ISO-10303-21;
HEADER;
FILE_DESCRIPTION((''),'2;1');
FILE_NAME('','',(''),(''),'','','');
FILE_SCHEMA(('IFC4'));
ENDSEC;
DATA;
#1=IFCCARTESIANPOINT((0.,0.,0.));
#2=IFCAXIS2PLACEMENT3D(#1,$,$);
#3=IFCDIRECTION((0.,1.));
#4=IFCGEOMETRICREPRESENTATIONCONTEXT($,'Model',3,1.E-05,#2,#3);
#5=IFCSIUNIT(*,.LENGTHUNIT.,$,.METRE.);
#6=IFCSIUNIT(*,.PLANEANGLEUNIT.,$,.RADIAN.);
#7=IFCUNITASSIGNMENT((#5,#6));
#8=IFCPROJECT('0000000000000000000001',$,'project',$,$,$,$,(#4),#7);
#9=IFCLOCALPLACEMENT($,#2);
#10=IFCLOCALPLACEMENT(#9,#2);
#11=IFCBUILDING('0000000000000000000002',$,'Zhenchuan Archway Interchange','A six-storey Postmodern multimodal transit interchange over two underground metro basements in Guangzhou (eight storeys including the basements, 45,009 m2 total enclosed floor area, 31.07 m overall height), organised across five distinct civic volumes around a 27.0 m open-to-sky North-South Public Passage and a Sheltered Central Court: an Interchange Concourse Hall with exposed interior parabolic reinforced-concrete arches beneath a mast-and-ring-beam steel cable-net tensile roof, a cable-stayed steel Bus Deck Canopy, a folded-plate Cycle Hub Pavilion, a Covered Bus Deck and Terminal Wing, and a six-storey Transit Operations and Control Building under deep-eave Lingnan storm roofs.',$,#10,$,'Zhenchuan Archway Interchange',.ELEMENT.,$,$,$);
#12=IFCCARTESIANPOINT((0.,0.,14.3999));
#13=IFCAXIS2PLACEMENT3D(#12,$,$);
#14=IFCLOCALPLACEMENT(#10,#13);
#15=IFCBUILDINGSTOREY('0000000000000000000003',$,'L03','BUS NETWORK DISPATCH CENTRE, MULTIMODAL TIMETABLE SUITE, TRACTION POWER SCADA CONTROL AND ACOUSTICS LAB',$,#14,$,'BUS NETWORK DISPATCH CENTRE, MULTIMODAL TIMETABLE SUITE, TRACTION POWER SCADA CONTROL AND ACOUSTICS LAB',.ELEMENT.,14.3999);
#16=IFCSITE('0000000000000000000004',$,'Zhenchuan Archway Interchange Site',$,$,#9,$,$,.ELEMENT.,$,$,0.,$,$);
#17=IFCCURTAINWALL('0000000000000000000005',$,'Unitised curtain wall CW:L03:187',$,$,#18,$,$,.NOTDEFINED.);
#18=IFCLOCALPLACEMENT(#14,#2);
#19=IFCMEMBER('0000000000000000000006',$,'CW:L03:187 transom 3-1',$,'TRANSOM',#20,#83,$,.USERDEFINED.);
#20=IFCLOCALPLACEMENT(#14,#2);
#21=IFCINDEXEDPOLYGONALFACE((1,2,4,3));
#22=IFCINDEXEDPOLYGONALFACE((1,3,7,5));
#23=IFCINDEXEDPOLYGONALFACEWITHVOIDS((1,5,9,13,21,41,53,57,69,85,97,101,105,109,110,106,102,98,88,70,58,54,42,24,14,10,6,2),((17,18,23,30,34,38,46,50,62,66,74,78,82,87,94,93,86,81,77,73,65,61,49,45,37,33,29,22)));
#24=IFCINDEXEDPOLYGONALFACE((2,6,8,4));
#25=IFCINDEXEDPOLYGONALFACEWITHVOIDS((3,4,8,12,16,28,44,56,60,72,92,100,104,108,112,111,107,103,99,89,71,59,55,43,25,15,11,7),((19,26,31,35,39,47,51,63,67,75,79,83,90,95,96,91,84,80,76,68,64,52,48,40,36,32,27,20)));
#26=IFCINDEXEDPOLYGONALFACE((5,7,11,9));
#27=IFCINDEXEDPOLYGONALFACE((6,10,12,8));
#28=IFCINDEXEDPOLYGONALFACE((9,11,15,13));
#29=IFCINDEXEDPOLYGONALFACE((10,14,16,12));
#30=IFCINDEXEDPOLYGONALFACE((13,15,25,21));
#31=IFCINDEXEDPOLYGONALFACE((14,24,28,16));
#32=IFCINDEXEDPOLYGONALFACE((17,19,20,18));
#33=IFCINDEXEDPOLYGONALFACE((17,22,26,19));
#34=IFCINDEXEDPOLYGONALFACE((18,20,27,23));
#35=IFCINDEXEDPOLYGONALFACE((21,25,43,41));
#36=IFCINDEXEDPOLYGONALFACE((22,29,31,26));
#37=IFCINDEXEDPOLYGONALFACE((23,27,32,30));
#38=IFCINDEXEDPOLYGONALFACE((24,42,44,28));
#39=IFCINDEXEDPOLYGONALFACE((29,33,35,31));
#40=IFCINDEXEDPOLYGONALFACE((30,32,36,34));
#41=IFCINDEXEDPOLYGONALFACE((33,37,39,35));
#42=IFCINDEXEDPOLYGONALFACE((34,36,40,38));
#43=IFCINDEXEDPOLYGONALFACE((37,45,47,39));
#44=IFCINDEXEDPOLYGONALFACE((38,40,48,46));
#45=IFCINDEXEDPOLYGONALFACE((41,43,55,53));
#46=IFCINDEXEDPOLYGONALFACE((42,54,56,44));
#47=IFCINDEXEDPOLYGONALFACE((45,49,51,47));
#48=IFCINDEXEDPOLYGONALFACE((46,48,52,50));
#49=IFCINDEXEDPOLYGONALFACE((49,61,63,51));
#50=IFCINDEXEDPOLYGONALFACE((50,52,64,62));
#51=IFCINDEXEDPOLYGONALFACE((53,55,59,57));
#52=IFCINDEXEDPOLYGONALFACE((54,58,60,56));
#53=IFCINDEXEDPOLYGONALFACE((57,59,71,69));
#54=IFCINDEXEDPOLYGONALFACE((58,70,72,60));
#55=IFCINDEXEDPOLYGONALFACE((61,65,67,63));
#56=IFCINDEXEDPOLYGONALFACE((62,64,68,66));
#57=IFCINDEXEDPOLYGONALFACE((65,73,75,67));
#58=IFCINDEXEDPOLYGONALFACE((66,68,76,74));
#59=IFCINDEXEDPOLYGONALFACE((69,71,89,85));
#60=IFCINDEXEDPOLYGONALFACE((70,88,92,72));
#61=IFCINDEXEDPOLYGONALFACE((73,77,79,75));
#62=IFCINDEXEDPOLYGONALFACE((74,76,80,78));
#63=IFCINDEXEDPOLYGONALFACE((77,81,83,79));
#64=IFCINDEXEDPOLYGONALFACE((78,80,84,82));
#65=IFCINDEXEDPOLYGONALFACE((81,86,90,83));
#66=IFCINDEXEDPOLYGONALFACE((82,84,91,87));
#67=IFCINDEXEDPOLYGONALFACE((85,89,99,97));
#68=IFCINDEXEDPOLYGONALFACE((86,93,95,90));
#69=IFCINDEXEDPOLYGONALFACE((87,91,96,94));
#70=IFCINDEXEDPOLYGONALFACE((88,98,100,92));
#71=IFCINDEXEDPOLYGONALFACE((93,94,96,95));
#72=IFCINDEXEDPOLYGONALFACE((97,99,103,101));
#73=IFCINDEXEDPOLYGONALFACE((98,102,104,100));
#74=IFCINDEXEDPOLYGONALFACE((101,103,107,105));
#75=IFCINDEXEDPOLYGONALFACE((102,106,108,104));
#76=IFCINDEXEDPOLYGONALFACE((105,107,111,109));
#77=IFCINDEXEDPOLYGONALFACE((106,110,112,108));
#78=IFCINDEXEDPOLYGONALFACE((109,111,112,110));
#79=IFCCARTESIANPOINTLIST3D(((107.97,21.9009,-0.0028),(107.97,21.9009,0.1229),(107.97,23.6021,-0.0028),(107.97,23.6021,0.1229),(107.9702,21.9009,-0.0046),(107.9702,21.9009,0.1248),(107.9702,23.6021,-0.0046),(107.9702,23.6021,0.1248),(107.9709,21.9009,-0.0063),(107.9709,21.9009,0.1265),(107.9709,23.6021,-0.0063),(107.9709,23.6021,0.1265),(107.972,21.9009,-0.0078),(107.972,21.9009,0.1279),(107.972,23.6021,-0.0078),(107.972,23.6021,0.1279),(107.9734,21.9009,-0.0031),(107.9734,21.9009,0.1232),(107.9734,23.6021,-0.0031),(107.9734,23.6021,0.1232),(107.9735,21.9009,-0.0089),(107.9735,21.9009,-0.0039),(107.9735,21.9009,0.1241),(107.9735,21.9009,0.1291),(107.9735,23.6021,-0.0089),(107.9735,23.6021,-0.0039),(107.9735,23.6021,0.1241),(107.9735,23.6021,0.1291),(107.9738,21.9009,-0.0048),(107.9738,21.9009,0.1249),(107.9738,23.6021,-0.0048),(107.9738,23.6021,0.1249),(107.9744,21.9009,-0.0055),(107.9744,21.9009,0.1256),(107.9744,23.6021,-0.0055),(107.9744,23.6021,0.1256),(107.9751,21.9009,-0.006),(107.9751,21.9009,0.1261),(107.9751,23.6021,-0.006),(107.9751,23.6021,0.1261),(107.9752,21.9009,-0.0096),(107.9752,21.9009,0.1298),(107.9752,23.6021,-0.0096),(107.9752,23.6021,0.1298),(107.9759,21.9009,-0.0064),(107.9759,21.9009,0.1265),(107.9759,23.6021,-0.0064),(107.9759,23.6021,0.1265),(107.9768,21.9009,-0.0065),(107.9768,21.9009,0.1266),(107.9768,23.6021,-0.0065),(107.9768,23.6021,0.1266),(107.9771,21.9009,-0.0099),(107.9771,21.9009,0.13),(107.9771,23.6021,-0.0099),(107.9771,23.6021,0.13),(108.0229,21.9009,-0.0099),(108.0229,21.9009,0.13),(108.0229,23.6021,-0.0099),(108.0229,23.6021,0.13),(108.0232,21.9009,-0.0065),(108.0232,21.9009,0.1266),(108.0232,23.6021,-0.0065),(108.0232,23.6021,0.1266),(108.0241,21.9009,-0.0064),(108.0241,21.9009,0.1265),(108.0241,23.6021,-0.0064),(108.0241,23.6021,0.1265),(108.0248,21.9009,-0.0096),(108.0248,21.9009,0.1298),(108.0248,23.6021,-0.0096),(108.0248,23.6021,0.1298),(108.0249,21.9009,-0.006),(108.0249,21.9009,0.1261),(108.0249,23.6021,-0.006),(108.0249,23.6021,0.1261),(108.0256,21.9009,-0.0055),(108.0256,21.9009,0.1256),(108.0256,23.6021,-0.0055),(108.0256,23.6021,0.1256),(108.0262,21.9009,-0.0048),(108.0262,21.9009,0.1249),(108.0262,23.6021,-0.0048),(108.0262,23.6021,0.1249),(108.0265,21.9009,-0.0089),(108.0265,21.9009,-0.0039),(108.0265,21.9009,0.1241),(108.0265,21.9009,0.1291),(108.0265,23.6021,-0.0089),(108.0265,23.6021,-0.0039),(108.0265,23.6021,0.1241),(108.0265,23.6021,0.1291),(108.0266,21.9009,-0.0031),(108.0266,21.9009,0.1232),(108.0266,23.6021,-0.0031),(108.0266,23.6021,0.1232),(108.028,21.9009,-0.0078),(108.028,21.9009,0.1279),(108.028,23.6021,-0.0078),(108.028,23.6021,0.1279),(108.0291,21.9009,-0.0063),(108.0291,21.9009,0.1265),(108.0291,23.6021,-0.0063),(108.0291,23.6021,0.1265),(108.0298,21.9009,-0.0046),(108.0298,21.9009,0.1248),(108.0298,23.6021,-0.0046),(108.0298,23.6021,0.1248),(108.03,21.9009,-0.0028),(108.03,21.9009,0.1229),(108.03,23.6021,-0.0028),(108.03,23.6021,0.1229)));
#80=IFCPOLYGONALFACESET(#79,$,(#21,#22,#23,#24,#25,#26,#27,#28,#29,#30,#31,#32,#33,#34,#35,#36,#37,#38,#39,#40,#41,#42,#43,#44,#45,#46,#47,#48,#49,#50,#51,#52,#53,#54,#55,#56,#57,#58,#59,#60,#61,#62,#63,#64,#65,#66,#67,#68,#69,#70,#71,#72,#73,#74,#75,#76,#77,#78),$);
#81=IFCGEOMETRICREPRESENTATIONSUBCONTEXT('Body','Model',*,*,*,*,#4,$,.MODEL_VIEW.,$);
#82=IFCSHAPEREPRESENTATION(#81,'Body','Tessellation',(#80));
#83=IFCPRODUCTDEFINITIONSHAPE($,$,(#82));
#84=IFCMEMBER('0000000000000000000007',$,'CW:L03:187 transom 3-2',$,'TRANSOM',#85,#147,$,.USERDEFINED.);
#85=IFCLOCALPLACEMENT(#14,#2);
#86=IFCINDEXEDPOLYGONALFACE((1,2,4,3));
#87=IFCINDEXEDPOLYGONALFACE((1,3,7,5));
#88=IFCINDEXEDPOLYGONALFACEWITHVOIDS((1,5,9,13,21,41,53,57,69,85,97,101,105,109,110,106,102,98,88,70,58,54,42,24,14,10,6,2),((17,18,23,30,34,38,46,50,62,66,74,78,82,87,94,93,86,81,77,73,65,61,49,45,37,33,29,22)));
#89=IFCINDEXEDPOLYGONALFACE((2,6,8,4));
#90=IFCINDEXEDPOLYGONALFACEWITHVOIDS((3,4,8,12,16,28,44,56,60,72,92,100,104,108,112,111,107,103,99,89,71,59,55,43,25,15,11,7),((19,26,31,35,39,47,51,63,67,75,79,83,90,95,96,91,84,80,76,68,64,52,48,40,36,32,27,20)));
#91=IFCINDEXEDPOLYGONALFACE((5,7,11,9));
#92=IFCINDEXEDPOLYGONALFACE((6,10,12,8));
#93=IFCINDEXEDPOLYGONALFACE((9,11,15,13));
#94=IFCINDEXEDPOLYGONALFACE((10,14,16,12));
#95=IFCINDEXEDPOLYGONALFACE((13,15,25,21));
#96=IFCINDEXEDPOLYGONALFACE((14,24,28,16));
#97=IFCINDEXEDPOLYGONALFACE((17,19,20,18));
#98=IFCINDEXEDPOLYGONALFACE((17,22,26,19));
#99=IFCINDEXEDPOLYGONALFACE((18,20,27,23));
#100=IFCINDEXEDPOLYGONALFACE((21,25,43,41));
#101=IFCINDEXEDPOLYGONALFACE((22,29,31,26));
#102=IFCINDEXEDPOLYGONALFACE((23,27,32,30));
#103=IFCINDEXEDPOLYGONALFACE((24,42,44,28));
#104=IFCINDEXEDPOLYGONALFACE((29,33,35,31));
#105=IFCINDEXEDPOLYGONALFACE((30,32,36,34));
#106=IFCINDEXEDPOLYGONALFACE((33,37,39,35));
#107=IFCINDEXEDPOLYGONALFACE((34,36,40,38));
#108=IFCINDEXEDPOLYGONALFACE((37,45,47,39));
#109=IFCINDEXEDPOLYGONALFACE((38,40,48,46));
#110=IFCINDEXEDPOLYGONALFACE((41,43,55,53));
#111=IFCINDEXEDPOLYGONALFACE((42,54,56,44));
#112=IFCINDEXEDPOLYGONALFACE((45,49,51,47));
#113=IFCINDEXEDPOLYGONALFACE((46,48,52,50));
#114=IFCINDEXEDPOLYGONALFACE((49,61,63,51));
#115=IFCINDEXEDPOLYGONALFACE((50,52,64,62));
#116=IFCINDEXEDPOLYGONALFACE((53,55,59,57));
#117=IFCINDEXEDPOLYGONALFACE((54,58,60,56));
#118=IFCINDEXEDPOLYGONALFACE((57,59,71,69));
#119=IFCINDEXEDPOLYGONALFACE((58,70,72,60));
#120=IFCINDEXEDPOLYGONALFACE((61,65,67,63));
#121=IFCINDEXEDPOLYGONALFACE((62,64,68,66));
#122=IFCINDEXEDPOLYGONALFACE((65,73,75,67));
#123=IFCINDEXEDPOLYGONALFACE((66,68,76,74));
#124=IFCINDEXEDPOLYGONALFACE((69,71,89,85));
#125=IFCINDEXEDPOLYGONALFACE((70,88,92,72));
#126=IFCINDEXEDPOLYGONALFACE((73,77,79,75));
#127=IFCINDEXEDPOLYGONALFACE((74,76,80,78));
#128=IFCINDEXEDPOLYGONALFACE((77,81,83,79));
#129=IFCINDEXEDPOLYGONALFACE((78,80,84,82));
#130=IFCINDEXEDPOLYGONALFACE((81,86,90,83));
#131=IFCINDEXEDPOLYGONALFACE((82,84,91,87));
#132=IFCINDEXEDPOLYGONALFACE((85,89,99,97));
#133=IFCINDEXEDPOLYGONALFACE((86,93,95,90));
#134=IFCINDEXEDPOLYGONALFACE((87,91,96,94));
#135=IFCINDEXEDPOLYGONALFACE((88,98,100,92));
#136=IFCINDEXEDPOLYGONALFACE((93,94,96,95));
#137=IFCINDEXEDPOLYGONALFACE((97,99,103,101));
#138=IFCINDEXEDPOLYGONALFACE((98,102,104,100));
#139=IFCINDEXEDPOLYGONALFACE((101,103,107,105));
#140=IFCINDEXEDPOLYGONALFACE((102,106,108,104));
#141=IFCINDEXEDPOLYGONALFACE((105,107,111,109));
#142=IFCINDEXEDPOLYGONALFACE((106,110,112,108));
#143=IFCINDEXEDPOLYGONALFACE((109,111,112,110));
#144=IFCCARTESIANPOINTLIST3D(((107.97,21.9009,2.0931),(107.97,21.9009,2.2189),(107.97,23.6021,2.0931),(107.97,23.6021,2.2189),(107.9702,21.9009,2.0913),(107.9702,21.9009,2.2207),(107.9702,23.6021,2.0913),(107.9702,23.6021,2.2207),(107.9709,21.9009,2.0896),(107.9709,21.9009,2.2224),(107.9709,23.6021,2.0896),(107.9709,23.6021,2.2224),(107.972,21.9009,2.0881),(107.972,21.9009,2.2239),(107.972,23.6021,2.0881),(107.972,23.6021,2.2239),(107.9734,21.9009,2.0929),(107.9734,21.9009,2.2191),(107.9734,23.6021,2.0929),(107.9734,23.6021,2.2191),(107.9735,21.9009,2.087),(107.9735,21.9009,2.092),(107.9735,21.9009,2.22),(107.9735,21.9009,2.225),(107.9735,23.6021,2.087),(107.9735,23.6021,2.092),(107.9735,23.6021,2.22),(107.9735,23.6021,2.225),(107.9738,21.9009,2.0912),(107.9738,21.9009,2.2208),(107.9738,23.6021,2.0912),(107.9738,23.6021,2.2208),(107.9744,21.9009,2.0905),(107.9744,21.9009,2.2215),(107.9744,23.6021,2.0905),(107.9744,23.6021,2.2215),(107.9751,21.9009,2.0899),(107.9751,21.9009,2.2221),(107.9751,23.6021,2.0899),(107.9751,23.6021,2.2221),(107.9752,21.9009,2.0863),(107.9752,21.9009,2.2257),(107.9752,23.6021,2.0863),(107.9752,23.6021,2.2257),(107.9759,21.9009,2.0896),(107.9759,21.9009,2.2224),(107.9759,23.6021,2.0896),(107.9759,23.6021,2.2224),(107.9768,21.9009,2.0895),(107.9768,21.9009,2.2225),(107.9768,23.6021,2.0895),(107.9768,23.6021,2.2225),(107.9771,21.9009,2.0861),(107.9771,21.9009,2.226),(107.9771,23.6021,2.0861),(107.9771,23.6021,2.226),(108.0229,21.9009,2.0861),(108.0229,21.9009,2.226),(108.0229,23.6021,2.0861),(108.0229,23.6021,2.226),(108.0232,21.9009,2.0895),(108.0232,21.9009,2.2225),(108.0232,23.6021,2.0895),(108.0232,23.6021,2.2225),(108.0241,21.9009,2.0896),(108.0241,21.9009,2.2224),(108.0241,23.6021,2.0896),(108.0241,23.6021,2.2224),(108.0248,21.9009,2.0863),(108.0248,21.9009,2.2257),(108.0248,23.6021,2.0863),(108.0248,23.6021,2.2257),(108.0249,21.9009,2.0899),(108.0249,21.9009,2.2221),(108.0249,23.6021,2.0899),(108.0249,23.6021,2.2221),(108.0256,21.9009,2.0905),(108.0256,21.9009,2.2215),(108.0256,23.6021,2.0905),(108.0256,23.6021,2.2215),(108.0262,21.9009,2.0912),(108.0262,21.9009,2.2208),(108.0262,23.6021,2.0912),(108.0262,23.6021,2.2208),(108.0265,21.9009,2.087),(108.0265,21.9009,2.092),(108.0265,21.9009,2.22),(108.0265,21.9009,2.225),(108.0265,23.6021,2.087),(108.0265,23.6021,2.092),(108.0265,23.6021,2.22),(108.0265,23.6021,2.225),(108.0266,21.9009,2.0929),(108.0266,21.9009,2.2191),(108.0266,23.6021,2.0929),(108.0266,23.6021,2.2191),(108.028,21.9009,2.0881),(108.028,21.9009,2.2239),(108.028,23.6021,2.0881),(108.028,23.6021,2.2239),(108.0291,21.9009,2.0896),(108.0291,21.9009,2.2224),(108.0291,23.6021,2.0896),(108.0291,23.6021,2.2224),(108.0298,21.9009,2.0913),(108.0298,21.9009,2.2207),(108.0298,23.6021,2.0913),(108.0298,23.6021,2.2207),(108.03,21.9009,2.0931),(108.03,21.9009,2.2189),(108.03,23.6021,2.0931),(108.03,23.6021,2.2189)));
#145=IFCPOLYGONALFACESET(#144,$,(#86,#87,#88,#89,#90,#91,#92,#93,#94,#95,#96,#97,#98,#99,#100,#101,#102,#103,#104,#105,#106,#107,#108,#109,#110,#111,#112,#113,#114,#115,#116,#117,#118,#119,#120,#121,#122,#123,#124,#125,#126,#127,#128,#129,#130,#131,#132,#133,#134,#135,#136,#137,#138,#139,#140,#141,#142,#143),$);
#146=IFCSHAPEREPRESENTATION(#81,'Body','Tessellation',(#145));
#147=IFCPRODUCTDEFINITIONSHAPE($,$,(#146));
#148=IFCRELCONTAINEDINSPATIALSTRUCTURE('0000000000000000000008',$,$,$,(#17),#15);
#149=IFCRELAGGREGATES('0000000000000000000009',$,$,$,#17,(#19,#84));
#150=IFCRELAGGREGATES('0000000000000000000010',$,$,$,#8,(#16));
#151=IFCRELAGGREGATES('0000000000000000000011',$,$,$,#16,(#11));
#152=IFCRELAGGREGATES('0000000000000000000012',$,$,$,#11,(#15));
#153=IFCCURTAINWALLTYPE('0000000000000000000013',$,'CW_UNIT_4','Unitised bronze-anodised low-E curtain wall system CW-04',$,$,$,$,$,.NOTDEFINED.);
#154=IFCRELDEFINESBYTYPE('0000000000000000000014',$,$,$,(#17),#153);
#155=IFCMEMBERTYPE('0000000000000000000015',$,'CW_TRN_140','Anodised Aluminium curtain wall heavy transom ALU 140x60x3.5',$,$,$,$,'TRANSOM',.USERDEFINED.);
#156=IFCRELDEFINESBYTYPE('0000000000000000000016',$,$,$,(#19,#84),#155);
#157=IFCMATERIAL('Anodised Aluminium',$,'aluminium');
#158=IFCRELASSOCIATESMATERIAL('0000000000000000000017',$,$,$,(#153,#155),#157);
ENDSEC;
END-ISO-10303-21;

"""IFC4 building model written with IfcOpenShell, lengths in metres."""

from ifc_helpers import new_model, si_unit, direction, frame, origin, origin_2d, place, context, subcontext, project, spatial, hollow_rectangle, extrude, material, material_profile, profile_set, type_object, element, aggregate, save


model = new_model("IFC4")

# Units and contexts
model_context = context("Model", 3, precision=1e-05, world=origin(), true_north=direction((0.0, 1.0)))
body_context = subcontext(model_context, "Body", "Model", "MODEL_VIEW")
ifc_project = project(units=[si_unit("LENGTHUNIT", "METRE"), si_unit("PLANEANGLEUNIT", "RADIAN")], contexts=[model_context])

# Site, building, storey
site_placement = place(None, origin())
site = spatial("IfcSite", under=ifc_project, at=site_placement, Name="Zhenchuan Archway Interchange Site", CompositionType="ELEMENT", RefElevation=0.0)
building_placement = place(site_placement, origin())
building = spatial("IfcBuilding", under=site, at=building_placement, Name="Zhenchuan Archway Interchange", Description="A six-storey Postmodern multimodal transit interchange over two underground metro basements in Guangzhou (eight storeys including the basements, 45,009 m2 total enclosed floor area, 31.07 m overall height), organised across five distinct civic volumes around a 27.0 m open-to-sky North-South Public Passage and a Sheltered Central Court: an Interchange Concourse Hall with exposed interior parabolic reinforced-concrete arches beneath a mast-and-ring-beam steel cable-net tensile roof, a cable-stayed steel Bus Deck Canopy, a folded-plate Cycle Hub Pavilion, a Covered Bus Deck and Terminal Wing, and a six-storey Transit Operations and Control Building under deep-eave Lingnan storm roofs.", LongName="Zhenchuan Archway Interchange", CompositionType="ELEMENT")
storey_placement = place(building_placement, frame((0.0, 0.0, 14.3999)))
storey = spatial("IfcBuildingStorey", under=building, at=storey_placement, Name="L03", Description="BUS NETWORK DISPATCH CENTRE, MULTIMODAL TIMETABLE SUITE, TRACTION POWER SCADA CONTROL AND ACOUSTICS LAB", LongName="BUS NETWORK DISPATCH CENTRE, MULTIMODAL TIMETABLE SUITE, TRACTION POWER SCADA CONTROL AND ACOUSTICS LAB", CompositionType="ELEMENT", Elevation=14.3999)

# Curtain wall
ifc_material_1 = material(Name="Anodised Aluminium", Category="aluminium")
curtain_wall_type_1 = type_object("IfcCurtainWallType", Name="CW_UNIT_4", Description="Unitised bronze-anodised low-E curtain wall system CW-04", PredefinedType="NOTDEFINED", material=ifc_material_1)
curtain_wall_1_placement = place(storey_placement, origin())
curtain_wall_1 = element("IfcCurtainWall", 1, at=curtain_wall_1_placement, inside=storey, type_object=curtain_wall_type_1, Name="Unitised curtain wall CW:L03:187", PredefinedType="NOTDEFINED")

# Members
ifc_material_profile_1 = material_profile(ifc_material_1, hollow_rectangle(XDim=0.0601, YDim=0.1399, WallThickness=0.0034, InnerFilletRadius=0.0034, OuterFilletRadius=0.0071, at=origin_2d()), Name="ALU 140x60x3.5")
ifc_profile_set_1 = profile_set([ifc_material_profile_1], Name="Anodised Aluminium")
member_type_1 = type_object("IfcMemberType", Name="CW_TRN_140", Description="Anodised Aluminium curtain wall heavy transom ALU 140x60x3.5", ElementType="TRANSOM", PredefinedType="USERDEFINED", material=ifc_profile_set_1)
member_1_placement = place(storey_placement, frame((108.0, 21.9009, 0.0601), z_axis=(0.0, 1.0, 0.0), x_axis=(-1.0, 0.0, 0.0)))
member_1 = element("IfcMember", 2, at=member_1_placement, type_object=member_type_1, Name="CW:L03:187 transom 3-1", ObjectType="TRANSOM", PredefinedType="USERDEFINED", context=body_context, shape_type="SweptSolid", body=[
    extrude(hollow_rectangle(XDim=0.0601, YDim=0.1399, WallThickness=0.0034, InnerFilletRadius=0.0034, OuterFilletRadius=0.0071, at=origin_2d()), origin(), (0.0, 0.0, 1.0), 1.7012),
])
member_2_placement = place(storey_placement, frame((108.0, 21.9009, 2.156), z_axis=(0.0, 1.0, 0.0), x_axis=(-1.0, 0.0, 0.0)))
member_2 = element("IfcMember", 3, at=member_2_placement, type_object=member_type_1, Name="CW:L03:187 transom 3-2", ObjectType="TRANSOM", PredefinedType="USERDEFINED", context=body_context, shape_type="SweptSolid", body=[
    extrude(hollow_rectangle(XDim=0.0601, YDim=0.1399, WallThickness=0.0034, InnerFilletRadius=0.0034, OuterFilletRadius=0.0071, at=origin_2d()), origin(), (0.0, 0.0, 1.0), 1.7012),
])

aggregate(curtain_wall_1, [member_1, member_2])

save(model, "model.ifc")
